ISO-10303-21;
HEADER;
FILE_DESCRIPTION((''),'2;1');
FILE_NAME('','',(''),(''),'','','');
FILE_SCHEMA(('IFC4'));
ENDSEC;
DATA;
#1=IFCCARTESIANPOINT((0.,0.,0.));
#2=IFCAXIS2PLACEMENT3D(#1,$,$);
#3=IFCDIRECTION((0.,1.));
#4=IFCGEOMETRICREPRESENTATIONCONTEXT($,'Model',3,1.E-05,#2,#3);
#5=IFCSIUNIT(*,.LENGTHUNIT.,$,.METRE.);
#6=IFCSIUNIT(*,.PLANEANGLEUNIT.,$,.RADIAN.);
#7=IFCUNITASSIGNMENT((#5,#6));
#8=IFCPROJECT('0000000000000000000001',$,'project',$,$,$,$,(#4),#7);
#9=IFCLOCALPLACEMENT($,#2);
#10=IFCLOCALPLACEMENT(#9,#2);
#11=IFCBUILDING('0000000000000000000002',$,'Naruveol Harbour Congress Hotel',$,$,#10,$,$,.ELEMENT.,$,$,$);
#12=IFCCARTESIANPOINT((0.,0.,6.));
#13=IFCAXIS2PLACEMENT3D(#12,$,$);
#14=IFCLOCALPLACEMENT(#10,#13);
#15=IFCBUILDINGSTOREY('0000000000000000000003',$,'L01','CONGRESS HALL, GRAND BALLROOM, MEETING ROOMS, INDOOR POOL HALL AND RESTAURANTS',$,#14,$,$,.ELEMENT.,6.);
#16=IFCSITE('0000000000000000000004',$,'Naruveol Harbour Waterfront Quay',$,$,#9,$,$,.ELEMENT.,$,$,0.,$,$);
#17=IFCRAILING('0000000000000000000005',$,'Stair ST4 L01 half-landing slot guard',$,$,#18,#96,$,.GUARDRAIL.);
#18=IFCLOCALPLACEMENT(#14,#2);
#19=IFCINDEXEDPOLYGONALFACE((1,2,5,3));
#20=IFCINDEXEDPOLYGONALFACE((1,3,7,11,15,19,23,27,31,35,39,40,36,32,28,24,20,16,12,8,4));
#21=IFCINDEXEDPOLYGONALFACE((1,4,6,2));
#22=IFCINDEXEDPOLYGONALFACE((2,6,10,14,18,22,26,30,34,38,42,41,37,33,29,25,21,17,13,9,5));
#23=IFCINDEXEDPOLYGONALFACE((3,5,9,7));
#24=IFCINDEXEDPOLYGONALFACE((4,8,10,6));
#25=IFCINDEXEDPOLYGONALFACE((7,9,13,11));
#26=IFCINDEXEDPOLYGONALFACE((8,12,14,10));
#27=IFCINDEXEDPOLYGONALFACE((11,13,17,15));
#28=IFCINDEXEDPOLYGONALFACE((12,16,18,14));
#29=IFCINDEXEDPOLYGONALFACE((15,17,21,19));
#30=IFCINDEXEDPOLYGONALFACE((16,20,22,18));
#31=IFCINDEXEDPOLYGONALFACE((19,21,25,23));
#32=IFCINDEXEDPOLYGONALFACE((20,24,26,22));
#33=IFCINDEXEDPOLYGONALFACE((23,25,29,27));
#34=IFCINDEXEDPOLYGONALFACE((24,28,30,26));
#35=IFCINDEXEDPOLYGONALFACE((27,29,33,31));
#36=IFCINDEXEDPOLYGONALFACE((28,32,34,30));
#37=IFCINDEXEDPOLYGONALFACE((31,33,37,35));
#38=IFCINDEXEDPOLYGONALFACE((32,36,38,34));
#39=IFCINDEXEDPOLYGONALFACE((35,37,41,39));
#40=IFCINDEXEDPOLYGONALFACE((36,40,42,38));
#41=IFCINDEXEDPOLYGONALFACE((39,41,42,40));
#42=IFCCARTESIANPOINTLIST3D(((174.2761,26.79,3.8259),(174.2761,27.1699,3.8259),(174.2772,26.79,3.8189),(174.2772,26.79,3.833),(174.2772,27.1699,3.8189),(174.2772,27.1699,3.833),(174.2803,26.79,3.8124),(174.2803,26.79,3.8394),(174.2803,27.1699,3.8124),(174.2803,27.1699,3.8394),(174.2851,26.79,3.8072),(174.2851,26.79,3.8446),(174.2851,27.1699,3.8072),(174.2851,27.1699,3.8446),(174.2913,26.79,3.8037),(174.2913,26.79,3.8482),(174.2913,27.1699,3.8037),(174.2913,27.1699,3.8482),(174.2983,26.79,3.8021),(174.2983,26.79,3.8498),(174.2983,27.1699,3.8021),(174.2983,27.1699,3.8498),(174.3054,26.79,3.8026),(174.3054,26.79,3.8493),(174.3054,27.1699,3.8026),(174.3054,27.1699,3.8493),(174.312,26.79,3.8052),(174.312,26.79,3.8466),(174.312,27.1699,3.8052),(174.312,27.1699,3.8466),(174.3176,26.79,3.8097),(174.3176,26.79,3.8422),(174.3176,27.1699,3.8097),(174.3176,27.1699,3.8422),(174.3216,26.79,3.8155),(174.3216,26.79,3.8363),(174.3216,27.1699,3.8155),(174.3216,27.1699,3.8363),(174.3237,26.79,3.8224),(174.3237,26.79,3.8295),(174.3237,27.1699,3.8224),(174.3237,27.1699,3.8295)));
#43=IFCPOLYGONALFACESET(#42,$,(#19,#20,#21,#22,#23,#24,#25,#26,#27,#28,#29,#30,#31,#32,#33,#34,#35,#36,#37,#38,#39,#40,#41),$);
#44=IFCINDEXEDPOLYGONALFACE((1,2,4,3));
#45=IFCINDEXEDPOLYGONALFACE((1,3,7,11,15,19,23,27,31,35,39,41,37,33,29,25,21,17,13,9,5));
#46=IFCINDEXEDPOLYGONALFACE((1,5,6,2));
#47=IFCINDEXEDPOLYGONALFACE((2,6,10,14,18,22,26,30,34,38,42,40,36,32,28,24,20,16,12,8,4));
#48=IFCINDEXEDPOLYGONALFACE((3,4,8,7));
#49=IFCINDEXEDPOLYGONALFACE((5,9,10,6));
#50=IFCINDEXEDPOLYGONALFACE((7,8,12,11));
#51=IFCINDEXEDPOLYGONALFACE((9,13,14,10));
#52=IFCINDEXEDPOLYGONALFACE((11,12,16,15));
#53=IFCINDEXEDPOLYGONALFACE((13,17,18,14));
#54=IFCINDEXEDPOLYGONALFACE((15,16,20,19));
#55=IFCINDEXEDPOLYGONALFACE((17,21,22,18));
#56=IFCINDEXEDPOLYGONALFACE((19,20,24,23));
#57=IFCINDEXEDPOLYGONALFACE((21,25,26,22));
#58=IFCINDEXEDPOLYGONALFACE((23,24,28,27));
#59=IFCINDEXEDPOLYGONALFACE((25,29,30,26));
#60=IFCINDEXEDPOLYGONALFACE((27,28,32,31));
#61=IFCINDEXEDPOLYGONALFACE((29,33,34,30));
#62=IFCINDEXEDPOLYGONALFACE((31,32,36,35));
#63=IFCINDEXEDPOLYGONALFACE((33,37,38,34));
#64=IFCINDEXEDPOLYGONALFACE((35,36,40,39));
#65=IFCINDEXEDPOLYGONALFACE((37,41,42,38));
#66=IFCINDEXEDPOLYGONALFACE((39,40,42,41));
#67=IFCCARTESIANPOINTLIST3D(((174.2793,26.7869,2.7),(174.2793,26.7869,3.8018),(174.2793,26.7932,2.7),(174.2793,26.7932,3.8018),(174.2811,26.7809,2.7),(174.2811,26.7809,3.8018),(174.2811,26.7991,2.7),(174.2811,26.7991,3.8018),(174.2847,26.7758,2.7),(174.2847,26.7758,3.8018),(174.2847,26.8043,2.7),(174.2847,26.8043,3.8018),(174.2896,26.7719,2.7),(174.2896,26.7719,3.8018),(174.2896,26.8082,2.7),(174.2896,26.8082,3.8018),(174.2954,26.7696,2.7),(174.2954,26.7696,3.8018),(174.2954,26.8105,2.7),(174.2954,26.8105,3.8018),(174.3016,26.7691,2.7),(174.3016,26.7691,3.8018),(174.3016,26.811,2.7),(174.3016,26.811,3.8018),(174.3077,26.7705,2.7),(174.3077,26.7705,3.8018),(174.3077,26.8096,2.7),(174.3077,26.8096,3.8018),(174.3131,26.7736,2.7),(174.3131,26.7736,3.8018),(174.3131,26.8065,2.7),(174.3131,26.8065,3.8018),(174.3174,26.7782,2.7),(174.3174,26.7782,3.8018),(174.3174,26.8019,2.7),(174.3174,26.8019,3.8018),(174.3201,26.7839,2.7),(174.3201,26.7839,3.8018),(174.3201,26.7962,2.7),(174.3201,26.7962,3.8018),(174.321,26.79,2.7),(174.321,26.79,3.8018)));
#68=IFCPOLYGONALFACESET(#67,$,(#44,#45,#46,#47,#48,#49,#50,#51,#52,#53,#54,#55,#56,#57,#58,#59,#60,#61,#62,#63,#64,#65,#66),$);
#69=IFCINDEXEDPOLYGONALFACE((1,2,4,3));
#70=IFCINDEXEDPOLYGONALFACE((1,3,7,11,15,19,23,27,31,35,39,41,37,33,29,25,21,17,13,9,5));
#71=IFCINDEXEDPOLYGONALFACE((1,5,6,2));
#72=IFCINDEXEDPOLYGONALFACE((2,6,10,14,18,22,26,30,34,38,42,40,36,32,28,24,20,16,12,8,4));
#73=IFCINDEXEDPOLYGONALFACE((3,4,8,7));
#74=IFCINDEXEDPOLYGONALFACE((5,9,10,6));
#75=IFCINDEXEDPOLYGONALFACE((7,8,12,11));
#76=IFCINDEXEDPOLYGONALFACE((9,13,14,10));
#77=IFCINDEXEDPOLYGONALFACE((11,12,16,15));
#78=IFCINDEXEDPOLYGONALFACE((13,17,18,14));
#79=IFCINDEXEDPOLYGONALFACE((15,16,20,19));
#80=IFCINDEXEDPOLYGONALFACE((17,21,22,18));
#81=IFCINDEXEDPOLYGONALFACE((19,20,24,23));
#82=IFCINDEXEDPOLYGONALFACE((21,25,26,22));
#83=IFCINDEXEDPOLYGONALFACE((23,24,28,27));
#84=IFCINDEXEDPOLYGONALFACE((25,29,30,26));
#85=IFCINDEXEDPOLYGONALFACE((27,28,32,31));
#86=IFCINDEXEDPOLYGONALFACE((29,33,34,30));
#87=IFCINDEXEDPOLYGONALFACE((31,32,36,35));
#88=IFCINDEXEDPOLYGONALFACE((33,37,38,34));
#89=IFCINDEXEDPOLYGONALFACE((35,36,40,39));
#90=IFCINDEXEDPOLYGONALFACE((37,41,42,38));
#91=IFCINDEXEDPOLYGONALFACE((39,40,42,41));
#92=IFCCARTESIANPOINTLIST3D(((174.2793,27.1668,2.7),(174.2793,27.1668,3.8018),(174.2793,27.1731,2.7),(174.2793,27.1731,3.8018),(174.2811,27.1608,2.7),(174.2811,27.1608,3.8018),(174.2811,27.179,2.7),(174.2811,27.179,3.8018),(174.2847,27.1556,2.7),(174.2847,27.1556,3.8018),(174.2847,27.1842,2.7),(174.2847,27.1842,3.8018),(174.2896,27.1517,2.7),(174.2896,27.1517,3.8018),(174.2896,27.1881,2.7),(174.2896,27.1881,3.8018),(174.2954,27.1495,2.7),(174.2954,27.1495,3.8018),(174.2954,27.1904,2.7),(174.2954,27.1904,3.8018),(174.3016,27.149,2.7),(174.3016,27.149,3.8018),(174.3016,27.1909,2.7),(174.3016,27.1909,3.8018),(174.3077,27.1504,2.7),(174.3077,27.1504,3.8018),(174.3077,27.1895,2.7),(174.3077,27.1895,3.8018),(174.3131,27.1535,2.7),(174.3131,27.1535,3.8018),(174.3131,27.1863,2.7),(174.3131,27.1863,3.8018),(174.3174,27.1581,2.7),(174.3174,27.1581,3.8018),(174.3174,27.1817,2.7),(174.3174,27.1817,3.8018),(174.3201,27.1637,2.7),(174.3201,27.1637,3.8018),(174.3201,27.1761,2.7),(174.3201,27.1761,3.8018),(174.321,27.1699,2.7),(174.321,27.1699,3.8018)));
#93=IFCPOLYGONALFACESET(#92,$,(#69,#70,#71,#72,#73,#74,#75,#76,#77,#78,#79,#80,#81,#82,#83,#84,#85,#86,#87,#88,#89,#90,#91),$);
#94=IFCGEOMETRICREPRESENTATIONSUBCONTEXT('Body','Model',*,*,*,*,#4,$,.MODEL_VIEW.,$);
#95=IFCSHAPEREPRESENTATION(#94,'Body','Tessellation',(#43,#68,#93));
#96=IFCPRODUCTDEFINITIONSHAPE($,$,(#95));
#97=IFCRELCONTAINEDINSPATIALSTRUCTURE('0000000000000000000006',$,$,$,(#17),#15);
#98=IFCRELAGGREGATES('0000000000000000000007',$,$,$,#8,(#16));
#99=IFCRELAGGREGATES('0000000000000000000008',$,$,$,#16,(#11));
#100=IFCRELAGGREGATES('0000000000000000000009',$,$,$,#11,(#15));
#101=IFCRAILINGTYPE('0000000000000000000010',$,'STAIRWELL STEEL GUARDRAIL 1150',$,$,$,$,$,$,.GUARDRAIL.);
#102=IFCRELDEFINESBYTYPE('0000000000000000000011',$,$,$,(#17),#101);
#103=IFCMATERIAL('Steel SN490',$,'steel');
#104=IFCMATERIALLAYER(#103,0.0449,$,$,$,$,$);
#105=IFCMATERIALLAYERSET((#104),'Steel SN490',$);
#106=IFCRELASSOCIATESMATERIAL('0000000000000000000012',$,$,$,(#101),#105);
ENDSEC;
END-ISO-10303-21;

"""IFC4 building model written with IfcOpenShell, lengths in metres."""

from ifc_helpers import new_model, si_unit, direction, frame, origin, origin_2d, place, context, subcontext, project, spatial, circle, extrude, material, layer, layer_set, type_object, element, save


model = new_model("IFC4")

# Units and contexts
model_context = context("Model", 3, precision=1e-05, world=origin(), true_north=direction((0.0, 1.0)))
body_context = subcontext(model_context, "Body", "Model", "MODEL_VIEW")
ifc_project = project(units=[si_unit("LENGTHUNIT", "METRE"), si_unit("PLANEANGLEUNIT", "RADIAN")], contexts=[model_context])

# Site, building, storey
site_placement = place(None, origin())
site = spatial("IfcSite", under=ifc_project, at=site_placement, Name="Naruveol Harbour Waterfront Quay", CompositionType="ELEMENT", RefElevation=0.0)
building_placement = place(site_placement, origin())
building = spatial("IfcBuilding", under=site, at=building_placement, Name="Naruveol Harbour Congress Hotel", CompositionType="ELEMENT")
storey_placement = place(building_placement, frame((0.0, 0.0, 6.0)))
storey = spatial("IfcBuildingStorey", under=building, at=storey_placement, Name="L01", Description="CONGRESS HALL, GRAND BALLROOM, MEETING ROOMS, INDOOR POOL HALL AND RESTAURANTS", CompositionType="ELEMENT", Elevation=6.0)

# Railing
ifc_material_1 = material(Name="Steel SN490", Category="steel")
ifc_layer_1 = layer(ifc_material_1, 0.0449)
ifc_layer_set_1 = layer_set([ifc_layer_1], Name="Steel SN490")
railing_type_1 = type_object("IfcRailingType", Name="STAIRWELL STEEL GUARDRAIL 1150", PredefinedType="GUARDRAIL", material=ifc_layer_set_1)
railing_1_placement = place(storey_placement, frame((174.3, 26.79, 2.7)))
element("IfcRailing", 1, at=railing_1_placement, inside=storey, type_object=railing_type_1, Name="Stair ST4 L01 half-landing slot guard", PredefinedType="GUARDRAIL", context=body_context, shape_type="SweptSolid", body=[
    extrude(circle(Radius=0.0239, at=origin_2d()), frame((0.0, 0.0, 1.126), z_axis=(0.0, 1.0, 0.0), x_axis=(-1.0, 0.0, 0.0)), (0.0, 0.0, 1.0), 0.3799),
    extrude(circle(Radius=0.021, at=origin_2d()), origin(), (0.0, 0.0, 1.0), 1.1018),
    extrude(circle(Radius=0.021, at=origin_2d()), frame((0.0, 0.3799, 0.0)), (0.0, 0.0, 1.0), 1.1018),
])

save(model, "model.ifc")
